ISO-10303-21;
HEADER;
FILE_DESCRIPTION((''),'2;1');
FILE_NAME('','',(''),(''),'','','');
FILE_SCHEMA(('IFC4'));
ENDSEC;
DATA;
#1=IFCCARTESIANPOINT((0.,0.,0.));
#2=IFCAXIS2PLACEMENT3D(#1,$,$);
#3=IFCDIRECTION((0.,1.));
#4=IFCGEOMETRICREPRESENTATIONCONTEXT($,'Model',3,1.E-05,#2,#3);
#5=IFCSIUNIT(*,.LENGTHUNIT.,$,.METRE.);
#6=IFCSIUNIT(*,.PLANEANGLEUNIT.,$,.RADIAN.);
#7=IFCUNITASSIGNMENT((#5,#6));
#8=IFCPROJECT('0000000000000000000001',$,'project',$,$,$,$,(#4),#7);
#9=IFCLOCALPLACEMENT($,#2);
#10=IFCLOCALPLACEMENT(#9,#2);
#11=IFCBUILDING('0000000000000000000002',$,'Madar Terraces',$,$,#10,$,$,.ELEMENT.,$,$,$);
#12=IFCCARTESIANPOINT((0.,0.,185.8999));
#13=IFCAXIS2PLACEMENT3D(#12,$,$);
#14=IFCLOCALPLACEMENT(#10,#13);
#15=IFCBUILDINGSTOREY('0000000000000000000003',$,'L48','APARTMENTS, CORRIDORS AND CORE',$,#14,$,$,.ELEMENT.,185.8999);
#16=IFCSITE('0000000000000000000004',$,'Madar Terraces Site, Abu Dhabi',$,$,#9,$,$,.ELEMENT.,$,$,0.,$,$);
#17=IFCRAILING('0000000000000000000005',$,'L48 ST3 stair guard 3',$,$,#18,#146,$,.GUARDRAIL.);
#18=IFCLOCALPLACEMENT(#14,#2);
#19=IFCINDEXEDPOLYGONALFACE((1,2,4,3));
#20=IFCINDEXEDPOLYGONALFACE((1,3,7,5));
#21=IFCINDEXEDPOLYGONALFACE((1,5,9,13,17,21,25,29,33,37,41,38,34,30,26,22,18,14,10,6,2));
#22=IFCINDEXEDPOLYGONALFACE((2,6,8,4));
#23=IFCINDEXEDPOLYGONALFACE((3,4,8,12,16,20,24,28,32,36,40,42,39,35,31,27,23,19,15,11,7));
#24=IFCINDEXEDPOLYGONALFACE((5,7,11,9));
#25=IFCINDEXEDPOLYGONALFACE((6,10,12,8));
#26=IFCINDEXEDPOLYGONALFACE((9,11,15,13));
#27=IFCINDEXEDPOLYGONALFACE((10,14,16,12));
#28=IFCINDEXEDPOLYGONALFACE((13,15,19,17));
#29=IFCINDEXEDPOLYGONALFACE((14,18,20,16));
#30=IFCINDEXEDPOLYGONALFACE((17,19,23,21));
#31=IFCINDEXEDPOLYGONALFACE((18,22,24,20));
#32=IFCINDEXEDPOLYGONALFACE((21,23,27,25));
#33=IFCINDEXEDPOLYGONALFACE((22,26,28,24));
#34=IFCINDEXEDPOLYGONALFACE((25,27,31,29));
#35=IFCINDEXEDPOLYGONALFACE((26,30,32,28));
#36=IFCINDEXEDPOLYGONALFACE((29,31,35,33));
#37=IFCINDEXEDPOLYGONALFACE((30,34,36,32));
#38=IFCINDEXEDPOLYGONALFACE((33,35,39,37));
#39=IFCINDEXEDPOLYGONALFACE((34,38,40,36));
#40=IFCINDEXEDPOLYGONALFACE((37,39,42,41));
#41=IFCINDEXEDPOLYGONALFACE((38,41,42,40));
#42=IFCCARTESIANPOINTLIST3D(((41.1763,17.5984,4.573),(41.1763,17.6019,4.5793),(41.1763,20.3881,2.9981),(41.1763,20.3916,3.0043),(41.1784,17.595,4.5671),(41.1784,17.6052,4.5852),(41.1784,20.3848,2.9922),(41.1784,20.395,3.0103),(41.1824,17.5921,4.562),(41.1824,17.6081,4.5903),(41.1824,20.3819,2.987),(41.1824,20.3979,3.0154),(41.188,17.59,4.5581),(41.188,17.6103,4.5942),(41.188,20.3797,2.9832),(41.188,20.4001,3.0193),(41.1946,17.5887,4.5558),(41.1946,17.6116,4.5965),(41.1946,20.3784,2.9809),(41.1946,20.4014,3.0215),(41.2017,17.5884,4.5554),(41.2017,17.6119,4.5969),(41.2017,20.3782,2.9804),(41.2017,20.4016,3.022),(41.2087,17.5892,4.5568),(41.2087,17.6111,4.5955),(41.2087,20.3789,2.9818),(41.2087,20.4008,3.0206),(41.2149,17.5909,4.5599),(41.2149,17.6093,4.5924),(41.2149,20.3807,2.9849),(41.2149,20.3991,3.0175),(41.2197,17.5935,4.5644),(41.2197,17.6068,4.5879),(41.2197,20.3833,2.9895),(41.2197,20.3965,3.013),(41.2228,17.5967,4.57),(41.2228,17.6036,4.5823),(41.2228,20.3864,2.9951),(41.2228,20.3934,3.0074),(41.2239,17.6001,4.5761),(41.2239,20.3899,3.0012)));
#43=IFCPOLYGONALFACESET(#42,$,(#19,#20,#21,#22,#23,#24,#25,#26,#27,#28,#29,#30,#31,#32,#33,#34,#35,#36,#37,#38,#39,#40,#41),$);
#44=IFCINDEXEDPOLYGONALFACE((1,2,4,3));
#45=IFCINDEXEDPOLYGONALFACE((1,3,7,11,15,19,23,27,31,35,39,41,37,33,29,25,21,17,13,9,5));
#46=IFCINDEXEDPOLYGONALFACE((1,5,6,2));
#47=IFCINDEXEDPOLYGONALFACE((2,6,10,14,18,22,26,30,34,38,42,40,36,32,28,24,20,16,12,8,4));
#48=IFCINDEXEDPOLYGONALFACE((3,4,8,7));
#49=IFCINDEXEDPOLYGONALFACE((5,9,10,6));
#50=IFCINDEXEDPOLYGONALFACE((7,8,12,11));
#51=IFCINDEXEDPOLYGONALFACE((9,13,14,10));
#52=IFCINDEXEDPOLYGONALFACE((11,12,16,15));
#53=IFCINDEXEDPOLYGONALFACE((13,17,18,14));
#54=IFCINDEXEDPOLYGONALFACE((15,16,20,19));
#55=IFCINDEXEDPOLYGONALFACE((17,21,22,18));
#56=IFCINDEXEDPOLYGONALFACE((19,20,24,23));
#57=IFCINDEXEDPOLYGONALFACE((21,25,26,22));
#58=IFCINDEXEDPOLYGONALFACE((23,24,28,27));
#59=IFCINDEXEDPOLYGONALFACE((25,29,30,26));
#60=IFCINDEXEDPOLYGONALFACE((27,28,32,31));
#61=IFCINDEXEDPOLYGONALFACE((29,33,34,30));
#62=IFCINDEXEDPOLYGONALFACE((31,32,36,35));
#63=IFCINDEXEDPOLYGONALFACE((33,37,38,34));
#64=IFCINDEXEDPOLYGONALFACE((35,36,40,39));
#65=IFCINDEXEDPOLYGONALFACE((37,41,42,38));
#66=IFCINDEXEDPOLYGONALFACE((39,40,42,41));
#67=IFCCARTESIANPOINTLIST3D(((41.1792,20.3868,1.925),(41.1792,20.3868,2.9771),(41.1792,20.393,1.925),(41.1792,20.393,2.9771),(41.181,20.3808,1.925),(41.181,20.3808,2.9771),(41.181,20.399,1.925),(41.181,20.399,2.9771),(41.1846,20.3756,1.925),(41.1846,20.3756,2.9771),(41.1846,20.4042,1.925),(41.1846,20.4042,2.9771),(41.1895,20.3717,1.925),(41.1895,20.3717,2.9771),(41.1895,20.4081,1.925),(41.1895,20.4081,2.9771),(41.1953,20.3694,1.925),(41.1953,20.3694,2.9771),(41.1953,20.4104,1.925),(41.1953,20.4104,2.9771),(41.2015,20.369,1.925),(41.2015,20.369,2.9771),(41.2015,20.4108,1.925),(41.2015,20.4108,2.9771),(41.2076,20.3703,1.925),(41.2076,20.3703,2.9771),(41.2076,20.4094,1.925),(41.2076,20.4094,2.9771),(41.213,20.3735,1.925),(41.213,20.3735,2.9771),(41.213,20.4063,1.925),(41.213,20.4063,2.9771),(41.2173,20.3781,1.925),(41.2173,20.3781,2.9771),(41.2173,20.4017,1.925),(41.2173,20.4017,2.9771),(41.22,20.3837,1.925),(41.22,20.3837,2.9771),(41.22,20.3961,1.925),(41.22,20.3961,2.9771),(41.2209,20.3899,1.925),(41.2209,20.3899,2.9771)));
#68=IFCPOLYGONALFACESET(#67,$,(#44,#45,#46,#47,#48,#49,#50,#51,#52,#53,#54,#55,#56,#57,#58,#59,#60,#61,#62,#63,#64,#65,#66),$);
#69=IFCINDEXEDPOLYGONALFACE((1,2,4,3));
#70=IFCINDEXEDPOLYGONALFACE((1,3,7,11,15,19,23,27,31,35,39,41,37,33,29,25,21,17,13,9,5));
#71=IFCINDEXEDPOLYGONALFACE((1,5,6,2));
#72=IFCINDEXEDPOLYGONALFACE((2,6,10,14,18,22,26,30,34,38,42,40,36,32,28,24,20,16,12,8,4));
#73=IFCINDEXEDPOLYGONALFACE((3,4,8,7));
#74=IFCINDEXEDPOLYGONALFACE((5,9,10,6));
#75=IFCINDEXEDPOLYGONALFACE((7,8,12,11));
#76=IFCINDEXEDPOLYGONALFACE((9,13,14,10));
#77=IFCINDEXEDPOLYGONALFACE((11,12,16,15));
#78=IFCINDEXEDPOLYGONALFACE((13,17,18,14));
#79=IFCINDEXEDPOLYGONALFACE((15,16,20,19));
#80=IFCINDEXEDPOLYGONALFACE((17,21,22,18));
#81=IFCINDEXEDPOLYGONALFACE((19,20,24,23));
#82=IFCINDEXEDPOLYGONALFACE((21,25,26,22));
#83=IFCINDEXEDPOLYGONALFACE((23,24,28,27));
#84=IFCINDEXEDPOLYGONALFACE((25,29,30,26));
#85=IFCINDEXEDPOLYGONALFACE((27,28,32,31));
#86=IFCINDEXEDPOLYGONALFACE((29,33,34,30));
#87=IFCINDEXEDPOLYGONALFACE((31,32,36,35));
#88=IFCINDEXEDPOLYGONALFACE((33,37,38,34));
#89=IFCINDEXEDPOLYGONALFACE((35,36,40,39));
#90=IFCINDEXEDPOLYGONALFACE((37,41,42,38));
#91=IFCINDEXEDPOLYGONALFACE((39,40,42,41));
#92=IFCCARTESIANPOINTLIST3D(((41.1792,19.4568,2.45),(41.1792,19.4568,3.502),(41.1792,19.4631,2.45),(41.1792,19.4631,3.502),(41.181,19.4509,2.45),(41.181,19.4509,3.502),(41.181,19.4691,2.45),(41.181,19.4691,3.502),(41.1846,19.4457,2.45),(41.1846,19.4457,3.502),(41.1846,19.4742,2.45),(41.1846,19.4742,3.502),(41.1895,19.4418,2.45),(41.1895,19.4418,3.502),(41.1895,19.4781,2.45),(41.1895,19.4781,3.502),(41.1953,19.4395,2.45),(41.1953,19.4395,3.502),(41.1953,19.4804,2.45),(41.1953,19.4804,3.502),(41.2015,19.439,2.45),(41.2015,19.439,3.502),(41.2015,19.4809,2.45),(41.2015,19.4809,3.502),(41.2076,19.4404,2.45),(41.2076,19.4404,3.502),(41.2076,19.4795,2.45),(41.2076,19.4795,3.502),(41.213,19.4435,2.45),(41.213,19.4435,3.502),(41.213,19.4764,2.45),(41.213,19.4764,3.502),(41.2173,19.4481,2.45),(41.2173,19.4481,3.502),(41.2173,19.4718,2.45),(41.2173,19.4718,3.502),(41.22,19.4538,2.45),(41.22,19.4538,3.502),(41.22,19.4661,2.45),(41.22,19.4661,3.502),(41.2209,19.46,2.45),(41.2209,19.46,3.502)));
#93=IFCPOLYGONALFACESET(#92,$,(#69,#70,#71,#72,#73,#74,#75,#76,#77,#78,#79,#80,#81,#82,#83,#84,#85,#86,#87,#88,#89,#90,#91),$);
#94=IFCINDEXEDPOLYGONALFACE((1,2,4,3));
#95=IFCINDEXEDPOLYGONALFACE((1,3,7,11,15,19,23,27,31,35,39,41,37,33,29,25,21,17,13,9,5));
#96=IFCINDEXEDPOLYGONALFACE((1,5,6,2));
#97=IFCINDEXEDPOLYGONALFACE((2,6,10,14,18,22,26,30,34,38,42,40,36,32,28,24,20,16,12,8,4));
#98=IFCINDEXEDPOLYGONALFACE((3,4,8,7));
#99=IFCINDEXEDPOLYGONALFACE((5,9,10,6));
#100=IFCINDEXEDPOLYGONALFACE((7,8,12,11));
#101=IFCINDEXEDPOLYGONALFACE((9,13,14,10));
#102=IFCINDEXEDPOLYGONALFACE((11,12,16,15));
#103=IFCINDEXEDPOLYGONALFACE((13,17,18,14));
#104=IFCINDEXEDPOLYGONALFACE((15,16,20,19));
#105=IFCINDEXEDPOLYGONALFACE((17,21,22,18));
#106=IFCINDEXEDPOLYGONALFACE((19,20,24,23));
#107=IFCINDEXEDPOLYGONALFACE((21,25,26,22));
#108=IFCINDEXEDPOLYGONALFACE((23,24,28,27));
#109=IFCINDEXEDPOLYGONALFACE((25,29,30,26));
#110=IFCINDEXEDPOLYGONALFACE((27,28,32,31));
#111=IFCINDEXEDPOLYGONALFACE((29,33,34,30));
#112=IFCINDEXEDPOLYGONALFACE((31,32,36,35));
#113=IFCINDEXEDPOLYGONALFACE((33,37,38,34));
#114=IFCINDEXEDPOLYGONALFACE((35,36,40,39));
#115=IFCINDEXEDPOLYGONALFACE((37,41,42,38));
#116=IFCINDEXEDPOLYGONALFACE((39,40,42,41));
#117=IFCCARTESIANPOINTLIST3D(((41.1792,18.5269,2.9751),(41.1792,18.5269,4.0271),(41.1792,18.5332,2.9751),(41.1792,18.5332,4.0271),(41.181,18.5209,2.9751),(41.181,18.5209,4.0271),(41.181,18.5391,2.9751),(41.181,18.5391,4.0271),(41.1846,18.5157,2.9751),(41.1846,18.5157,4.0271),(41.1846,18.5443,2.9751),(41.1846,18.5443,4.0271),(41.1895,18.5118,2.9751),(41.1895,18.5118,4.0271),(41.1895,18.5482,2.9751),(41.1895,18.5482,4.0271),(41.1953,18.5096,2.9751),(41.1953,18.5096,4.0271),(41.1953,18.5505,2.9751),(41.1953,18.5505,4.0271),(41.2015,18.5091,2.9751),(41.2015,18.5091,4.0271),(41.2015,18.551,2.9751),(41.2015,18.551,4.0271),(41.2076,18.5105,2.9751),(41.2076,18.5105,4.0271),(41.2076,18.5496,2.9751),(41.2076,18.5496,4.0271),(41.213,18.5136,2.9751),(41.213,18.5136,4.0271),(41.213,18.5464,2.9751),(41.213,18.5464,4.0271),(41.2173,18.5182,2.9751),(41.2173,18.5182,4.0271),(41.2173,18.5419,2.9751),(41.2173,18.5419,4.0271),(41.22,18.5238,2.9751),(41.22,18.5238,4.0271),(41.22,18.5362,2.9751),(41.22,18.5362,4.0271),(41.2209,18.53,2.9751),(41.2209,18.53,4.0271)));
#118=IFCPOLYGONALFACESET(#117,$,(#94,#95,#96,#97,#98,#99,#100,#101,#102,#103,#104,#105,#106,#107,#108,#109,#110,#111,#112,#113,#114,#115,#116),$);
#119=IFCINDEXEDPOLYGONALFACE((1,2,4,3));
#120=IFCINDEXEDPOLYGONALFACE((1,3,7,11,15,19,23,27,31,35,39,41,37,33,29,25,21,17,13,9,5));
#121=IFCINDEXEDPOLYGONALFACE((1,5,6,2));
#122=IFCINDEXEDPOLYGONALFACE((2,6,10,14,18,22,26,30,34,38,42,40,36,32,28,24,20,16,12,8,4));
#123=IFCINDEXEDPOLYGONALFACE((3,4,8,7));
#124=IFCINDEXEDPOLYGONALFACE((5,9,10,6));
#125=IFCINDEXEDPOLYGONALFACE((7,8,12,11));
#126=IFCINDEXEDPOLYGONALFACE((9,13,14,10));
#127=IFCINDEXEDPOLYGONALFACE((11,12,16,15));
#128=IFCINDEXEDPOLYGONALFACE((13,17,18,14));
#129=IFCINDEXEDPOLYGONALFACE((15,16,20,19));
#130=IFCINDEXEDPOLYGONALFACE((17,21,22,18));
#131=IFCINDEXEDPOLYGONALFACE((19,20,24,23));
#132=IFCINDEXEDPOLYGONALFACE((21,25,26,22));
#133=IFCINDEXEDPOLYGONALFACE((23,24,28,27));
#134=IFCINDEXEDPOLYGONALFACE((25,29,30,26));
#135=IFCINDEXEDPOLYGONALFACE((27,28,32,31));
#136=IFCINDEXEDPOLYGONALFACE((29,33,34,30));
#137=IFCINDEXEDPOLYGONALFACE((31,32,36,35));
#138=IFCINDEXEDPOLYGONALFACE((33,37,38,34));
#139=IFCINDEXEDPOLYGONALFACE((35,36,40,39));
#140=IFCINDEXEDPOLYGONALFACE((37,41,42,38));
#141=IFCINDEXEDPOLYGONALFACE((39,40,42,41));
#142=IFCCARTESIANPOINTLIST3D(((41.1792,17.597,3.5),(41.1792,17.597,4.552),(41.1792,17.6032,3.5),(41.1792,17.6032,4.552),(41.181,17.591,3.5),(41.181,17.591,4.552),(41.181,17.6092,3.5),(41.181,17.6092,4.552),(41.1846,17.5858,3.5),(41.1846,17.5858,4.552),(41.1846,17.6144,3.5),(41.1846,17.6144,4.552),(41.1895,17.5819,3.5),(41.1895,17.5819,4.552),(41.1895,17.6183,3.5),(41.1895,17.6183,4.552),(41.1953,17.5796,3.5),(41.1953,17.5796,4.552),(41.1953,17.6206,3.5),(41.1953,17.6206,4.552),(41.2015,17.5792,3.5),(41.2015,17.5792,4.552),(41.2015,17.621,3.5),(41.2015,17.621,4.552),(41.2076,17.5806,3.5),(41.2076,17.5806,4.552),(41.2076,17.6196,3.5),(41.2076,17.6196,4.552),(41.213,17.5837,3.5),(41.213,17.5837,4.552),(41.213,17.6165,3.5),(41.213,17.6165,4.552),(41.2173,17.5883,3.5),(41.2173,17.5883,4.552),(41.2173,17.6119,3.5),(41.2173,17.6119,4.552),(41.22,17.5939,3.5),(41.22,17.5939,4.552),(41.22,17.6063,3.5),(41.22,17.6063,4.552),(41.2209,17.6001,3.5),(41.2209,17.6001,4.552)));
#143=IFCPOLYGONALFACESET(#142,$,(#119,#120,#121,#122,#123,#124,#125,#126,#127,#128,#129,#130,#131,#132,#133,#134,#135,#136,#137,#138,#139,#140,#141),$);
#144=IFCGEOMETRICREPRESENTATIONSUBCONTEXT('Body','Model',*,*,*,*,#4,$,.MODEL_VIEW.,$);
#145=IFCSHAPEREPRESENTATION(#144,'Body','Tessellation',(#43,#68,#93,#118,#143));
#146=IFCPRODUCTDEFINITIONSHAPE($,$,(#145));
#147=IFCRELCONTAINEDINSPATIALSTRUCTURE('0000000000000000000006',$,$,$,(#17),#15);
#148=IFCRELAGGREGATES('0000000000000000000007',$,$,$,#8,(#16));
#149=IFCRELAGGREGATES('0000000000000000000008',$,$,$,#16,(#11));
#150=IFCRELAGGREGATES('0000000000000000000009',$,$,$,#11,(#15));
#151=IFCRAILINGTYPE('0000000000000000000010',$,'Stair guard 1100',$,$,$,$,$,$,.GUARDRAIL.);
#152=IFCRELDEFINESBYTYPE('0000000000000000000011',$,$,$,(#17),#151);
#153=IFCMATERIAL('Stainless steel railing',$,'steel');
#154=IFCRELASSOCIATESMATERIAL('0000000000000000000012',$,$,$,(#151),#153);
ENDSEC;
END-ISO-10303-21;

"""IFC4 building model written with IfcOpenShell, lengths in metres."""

from ifc_helpers import new_model, si_unit, direction, frame, origin, origin_2d, place, context, subcontext, project, spatial, circle, extrude, material, type_object, element, save


model = new_model("IFC4")

# Units and contexts
model_context = context("Model", 3, precision=1e-05, world=origin(), true_north=direction((0.0, 1.0)))
body_context = subcontext(model_context, "Body", "Model", "MODEL_VIEW")
ifc_project = project(units=[si_unit("LENGTHUNIT", "METRE"), si_unit("PLANEANGLEUNIT", "RADIAN")], contexts=[model_context])

# Site, building, storey
site_placement = place(None, origin())
site = spatial("IfcSite", under=ifc_project, at=site_placement, Name="Madar Terraces Site, Abu Dhabi", CompositionType="ELEMENT", RefElevation=0.0)
building_placement = place(site_placement, origin())
building = spatial("IfcBuilding", under=site, at=building_placement, Name="Madar Terraces", CompositionType="ELEMENT")
storey_placement = place(building_placement, frame((0.0, 0.0, 185.8999)))
storey = spatial("IfcBuildingStorey", under=building, at=storey_placement, Name="L48", Description="APARTMENTS, CORRIDORS AND CORE", CompositionType="ELEMENT", Elevation=185.8999)

# Railing
ifc_material_1 = material(Name="Stainless steel railing", Category="steel")
railing_type_1 = type_object("IfcRailingType", Name="Stair guard 1100", PredefinedType="GUARDRAIL", material=ifc_material_1)
railing_1_placement = place(storey_placement, frame((41.2, 20.3899, 1.925)))
element("IfcRailing", 1, at=railing_1_placement, inside=storey, type_object=railing_type_1, Name="L48 ST3 stair guard 3", PredefinedType="GUARDRAIL", context=body_context, shape_type="SweptSolid", body=[
    extrude(circle(Radius=0.0239, at=origin_2d()), frame((0.0, 0.0, 1.0762), z_axis=(0.0, -0.870815, 0.49161), x_axis=(1.0, 0.0, 0.0)), (0.0, 0.0, 1.0), 3.2036),
    extrude(circle(Radius=0.021, at=origin_2d()), origin(), (0.0, 0.0, 1.0), 1.052),
    extrude(circle(Radius=0.021, at=origin_2d()), frame((0.0, -0.9299, 0.5249)), (0.0, 0.0, 1.0), 1.052),
    extrude(circle(Radius=0.021, at=origin_2d()), frame((0.0, -1.8599, 1.05)), (0.0, 0.0, 1.0), 1.052),
    extrude(circle(Radius=0.021, at=origin_2d()), frame((0.0, -2.7898, 1.575)), (0.0, 0.0, 1.0), 1.052),
])

save(model, "model.ifc")
